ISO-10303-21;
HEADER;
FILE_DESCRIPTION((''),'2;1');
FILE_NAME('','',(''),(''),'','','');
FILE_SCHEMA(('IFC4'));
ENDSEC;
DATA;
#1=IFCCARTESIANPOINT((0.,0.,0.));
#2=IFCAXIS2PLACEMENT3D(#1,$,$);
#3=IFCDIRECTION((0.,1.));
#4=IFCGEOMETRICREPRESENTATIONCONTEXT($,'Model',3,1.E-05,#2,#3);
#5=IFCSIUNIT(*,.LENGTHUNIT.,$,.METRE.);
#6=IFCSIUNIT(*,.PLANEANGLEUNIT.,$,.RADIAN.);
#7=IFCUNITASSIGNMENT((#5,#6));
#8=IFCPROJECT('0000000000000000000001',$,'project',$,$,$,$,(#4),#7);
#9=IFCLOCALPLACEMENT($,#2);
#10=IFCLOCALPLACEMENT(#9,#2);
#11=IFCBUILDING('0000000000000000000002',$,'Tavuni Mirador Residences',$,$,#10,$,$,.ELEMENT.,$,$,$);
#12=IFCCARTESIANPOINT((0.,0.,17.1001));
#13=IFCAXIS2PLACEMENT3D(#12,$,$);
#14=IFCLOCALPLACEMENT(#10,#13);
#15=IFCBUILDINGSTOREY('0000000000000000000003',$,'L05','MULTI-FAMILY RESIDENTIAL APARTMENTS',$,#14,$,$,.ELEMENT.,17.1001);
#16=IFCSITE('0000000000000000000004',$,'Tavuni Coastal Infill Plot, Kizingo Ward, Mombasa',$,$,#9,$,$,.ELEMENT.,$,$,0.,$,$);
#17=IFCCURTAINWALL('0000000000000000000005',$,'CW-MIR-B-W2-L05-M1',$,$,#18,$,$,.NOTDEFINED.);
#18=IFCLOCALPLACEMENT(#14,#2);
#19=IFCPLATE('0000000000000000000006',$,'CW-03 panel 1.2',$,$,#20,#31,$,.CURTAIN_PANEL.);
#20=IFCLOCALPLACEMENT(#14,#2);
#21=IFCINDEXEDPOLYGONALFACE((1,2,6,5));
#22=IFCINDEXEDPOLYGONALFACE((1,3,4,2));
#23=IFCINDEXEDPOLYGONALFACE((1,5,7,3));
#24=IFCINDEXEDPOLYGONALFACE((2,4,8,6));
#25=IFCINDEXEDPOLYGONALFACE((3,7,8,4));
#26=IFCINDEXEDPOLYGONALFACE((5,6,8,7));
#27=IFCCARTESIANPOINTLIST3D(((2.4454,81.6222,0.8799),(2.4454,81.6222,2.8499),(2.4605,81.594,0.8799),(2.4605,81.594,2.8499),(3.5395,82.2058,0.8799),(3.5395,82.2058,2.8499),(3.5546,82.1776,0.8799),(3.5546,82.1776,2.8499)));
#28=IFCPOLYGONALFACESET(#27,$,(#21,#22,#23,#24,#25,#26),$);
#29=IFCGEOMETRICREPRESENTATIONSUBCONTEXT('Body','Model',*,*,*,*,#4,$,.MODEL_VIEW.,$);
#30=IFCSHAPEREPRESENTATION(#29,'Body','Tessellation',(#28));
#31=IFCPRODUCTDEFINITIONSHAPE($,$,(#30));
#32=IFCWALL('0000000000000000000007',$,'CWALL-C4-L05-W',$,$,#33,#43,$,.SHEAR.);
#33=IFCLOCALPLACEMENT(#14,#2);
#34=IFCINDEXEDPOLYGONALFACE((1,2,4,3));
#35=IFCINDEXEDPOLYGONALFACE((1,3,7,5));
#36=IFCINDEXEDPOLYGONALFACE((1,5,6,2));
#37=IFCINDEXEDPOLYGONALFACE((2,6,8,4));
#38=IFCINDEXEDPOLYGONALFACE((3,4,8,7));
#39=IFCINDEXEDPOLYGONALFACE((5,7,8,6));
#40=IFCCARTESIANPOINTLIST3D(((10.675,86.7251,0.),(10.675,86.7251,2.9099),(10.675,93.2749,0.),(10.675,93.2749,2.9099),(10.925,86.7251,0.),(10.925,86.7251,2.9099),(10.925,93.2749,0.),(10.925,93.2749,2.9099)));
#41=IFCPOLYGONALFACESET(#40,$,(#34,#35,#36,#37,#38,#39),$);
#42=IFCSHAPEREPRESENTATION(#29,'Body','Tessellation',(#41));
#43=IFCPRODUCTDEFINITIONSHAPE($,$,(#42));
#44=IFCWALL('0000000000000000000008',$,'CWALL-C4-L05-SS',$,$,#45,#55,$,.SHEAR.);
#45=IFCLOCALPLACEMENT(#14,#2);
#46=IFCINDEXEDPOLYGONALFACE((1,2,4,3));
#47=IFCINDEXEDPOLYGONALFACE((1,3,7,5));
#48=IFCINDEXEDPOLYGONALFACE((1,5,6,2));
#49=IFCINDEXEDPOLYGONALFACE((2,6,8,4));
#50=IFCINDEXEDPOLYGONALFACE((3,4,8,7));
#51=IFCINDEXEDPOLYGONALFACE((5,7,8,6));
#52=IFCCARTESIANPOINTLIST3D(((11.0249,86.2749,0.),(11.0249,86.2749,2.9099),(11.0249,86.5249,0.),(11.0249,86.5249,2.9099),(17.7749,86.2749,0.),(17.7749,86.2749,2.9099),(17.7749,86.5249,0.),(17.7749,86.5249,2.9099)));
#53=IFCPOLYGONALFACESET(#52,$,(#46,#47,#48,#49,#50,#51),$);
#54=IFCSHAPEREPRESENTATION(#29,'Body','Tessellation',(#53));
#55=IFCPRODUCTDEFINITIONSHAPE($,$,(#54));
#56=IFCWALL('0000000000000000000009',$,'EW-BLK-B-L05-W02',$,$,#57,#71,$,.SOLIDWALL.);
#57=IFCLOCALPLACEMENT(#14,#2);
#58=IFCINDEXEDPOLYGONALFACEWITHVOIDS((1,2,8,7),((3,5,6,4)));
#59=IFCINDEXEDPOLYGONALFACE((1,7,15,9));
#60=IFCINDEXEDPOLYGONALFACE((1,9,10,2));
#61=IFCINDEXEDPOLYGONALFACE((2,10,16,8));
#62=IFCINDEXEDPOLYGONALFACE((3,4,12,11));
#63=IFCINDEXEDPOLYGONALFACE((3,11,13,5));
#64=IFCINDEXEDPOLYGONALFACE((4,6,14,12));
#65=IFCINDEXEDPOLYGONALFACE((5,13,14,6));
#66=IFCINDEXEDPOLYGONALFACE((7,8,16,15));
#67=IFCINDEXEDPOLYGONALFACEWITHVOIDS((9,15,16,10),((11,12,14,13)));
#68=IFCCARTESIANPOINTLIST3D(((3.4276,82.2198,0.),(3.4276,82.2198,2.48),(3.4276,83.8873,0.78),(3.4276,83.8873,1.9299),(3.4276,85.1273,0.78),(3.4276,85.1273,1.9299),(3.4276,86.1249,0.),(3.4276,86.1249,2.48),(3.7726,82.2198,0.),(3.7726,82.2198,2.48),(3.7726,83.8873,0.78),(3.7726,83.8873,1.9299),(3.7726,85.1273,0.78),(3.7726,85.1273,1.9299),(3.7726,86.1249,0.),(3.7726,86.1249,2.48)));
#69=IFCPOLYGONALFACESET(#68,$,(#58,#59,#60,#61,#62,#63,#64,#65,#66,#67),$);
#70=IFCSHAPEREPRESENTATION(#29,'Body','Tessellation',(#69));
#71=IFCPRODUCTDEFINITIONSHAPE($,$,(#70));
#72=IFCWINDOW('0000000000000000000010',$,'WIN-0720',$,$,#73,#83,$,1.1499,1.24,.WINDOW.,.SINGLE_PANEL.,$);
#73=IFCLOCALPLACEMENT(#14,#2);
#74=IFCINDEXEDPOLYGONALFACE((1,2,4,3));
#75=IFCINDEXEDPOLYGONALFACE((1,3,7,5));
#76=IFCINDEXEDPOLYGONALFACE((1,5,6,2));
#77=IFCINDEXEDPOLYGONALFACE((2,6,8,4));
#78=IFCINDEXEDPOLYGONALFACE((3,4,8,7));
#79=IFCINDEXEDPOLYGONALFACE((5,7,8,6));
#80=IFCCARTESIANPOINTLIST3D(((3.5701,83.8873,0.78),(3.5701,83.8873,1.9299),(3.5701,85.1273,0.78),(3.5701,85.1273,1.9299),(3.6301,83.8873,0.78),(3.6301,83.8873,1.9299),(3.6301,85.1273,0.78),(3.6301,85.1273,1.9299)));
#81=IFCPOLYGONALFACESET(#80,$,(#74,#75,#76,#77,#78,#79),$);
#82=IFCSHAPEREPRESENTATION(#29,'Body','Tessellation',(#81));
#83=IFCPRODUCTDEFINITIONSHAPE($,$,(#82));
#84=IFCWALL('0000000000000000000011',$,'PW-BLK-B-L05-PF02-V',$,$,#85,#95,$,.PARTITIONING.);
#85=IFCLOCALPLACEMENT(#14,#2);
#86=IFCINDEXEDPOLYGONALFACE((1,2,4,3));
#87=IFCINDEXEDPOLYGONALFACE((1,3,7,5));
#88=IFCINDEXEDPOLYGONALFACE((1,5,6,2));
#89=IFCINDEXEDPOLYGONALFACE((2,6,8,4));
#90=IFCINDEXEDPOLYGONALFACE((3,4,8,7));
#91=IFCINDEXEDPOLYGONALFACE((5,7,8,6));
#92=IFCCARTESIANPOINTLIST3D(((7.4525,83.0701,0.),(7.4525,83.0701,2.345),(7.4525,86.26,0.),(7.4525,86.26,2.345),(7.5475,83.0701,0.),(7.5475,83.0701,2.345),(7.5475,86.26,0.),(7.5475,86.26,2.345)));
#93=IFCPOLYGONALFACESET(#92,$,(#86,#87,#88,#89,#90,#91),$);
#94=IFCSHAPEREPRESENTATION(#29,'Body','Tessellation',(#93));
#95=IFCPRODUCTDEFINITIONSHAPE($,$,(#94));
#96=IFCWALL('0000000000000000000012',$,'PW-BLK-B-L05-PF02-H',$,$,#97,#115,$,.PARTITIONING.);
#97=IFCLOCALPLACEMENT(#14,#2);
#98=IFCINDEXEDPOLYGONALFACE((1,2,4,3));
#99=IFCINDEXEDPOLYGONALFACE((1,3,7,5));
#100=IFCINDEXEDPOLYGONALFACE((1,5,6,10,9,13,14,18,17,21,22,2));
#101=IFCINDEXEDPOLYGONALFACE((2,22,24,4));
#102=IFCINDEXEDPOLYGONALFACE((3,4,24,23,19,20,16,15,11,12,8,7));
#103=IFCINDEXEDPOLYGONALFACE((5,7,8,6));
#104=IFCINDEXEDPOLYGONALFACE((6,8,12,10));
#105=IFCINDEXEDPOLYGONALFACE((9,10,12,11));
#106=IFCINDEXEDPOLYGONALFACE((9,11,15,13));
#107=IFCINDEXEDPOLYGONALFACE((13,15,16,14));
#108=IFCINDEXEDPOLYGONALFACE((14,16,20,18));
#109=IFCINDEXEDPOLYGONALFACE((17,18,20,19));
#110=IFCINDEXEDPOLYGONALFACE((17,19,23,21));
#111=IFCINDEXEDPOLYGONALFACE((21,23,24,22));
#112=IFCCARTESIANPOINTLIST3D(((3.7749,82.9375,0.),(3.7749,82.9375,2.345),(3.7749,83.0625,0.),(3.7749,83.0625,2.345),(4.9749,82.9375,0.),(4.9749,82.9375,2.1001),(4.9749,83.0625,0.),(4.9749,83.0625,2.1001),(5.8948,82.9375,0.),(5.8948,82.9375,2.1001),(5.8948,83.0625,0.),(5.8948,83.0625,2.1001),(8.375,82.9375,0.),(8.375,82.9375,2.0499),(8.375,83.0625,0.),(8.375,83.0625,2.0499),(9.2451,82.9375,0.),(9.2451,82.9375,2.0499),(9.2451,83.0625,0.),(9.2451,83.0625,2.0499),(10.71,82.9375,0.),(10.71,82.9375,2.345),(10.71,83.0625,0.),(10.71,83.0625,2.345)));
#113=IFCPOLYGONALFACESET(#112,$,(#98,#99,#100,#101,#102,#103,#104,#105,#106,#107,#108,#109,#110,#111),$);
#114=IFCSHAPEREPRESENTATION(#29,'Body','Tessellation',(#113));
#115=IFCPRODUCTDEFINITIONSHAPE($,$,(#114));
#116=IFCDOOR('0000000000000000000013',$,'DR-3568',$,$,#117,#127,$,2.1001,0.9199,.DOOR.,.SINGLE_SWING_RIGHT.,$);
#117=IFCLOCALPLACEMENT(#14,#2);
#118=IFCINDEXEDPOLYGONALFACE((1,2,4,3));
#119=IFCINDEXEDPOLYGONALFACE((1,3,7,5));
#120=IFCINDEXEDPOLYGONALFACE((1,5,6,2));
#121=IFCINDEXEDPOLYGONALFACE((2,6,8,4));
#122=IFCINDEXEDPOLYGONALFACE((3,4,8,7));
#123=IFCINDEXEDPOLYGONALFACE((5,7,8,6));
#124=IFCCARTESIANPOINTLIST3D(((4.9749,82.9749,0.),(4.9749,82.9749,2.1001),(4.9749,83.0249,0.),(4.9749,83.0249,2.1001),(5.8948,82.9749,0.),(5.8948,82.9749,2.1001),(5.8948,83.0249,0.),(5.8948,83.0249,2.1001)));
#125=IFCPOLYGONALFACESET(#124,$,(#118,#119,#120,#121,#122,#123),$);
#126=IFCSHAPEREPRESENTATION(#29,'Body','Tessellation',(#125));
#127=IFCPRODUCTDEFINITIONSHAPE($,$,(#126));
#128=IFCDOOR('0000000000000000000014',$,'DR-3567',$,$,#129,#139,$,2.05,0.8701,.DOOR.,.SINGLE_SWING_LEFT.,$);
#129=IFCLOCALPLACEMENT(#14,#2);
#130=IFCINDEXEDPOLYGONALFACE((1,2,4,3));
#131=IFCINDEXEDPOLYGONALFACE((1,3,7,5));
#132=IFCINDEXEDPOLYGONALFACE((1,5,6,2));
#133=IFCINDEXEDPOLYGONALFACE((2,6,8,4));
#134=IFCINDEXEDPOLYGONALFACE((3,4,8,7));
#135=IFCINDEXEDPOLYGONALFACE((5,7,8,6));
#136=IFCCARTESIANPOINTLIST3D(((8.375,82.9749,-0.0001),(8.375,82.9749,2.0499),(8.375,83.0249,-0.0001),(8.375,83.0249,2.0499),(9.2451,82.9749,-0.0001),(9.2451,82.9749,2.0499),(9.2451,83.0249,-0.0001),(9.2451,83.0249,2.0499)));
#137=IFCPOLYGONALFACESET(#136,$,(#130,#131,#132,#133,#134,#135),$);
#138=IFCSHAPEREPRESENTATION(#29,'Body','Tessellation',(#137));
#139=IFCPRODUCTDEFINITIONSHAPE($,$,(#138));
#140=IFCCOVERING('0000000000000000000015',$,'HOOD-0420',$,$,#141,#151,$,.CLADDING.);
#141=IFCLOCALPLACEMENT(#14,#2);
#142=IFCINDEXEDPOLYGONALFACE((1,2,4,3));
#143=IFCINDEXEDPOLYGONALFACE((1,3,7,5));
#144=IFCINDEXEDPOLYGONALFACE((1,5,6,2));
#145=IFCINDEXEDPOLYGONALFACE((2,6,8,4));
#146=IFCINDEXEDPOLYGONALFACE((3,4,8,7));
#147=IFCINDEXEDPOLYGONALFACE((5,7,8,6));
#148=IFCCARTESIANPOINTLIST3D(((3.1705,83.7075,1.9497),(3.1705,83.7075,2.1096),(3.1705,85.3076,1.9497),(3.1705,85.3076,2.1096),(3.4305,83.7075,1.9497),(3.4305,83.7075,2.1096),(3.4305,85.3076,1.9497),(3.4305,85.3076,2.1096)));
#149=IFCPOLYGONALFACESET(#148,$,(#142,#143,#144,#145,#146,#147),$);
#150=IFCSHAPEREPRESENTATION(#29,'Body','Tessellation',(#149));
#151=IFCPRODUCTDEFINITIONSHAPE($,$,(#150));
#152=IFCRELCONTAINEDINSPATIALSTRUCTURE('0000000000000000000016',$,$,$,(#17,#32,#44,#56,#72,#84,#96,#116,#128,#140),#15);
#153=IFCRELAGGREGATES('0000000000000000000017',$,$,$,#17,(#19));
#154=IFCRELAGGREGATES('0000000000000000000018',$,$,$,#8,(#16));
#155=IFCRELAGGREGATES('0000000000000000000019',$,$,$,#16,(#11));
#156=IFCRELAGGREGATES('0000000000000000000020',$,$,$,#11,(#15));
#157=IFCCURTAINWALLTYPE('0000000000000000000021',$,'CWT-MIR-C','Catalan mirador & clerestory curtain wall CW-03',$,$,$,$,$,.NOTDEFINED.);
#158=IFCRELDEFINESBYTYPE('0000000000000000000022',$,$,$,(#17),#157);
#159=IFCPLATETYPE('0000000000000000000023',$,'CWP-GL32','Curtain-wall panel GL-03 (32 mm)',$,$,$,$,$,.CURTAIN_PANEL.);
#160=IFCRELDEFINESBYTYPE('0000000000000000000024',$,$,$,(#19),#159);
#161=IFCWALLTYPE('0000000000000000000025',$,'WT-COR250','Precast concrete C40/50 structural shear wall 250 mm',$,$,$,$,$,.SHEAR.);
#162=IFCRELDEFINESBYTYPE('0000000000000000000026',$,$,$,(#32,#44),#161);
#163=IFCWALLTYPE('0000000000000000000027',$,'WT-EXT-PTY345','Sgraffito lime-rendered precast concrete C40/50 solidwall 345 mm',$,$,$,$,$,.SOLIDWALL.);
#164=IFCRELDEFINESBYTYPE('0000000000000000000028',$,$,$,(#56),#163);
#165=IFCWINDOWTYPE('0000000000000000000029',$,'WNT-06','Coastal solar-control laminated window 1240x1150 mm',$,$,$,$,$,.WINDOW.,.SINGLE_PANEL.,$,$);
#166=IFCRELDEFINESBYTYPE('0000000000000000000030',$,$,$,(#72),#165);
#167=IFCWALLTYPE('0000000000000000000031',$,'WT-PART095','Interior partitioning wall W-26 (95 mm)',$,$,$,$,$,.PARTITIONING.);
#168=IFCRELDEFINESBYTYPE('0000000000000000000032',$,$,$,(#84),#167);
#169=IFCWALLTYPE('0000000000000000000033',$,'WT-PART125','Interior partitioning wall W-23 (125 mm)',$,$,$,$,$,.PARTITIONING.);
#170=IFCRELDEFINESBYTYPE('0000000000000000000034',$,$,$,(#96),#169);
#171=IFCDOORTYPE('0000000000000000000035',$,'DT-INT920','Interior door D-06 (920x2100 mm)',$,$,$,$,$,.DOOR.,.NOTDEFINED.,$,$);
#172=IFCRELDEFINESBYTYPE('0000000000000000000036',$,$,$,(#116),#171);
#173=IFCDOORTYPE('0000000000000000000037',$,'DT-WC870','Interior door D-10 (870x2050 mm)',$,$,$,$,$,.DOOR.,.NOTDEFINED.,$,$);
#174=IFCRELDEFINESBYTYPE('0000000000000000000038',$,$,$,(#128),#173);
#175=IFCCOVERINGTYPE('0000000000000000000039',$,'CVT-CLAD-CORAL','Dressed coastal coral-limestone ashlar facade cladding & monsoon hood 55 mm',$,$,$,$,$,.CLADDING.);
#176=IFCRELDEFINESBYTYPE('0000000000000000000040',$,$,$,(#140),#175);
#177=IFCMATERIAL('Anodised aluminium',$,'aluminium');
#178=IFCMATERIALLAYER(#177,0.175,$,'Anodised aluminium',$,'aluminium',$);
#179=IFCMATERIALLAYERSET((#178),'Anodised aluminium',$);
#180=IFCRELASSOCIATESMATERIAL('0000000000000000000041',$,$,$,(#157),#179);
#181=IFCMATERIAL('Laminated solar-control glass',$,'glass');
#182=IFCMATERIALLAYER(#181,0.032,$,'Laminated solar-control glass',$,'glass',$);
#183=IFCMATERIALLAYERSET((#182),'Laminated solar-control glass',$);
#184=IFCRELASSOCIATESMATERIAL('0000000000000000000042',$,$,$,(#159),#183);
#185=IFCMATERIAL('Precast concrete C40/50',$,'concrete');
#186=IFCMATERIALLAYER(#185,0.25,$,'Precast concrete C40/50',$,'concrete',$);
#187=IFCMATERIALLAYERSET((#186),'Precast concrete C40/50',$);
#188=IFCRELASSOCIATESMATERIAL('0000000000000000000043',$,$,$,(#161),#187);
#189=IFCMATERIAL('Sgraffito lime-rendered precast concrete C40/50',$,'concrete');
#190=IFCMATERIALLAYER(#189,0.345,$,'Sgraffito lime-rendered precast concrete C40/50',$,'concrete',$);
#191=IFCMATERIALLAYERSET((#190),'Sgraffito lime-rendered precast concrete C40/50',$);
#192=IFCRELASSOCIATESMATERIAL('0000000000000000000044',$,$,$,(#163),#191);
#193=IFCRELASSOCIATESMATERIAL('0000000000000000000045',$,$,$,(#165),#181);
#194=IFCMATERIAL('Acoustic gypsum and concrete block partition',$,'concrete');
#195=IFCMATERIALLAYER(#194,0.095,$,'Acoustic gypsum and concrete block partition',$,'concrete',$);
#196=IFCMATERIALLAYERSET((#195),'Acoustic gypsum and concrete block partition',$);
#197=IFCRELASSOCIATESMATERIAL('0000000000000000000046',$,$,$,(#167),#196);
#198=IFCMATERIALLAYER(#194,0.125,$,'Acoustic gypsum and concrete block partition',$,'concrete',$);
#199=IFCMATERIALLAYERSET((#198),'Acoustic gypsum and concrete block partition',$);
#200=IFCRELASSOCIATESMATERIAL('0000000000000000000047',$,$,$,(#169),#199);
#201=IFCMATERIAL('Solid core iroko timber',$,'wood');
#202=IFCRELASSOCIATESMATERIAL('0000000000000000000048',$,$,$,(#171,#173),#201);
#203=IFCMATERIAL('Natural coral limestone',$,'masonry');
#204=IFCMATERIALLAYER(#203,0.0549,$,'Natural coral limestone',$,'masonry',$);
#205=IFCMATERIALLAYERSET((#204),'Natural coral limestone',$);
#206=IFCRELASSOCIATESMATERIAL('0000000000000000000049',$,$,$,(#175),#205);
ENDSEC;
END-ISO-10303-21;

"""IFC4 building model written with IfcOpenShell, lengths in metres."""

from ifc_helpers import new_model, si_unit, direction, frame, frame_2d, origin, origin_2d, place, context, subcontext, project, spatial, rectangle, extrude, material, layer, layer_set, type_object, element, fill, aggregate, save


model = new_model("IFC4")

# Units and contexts
model_context = context("Model", 3, precision=1e-05, world=origin(), true_north=direction((0.0, 1.0)))
body_context = subcontext(model_context, "Body", "Model", "MODEL_VIEW")
ifc_project = project(units=[si_unit("LENGTHUNIT", "METRE"), si_unit("PLANEANGLEUNIT", "RADIAN")], contexts=[model_context])

# Site, building, storey
site_placement = place(None, origin())
site = spatial("IfcSite", under=ifc_project, at=site_placement, Name="Tavuni Coastal Infill Plot, Kizingo Ward, Mombasa", CompositionType="ELEMENT", RefElevation=0.0)
building_placement = place(site_placement, origin())
building = spatial("IfcBuilding", under=site, at=building_placement, Name="Tavuni Mirador Residences", CompositionType="ELEMENT")
storey_placement = place(building_placement, frame((0.0, 0.0, 17.1001)))
storey = spatial("IfcBuildingStorey", under=building, at=storey_placement, Name="L05", Description="MULTI-FAMILY RESIDENTIAL APARTMENTS", CompositionType="ELEMENT", Elevation=17.1001)

# Shared definitions
ifc_material_1 = material(Name="Precast concrete C40/50", Category="concrete")

# Curtain wall
ifc_material_2 = material(Name="Anodised aluminium", Category="aluminium")
ifc_layer_1 = layer(ifc_material_2, 0.175, Name="Anodised aluminium", Category="aluminium")
ifc_layer_set_1 = layer_set([ifc_layer_1], Name="Anodised aluminium")
curtain_wall_type = type_object("IfcCurtainWallType", Name="CWT-MIR-C", Description="Catalan mirador & clerestory curtain wall CW-03", PredefinedType="NOTDEFINED", material=ifc_layer_set_1)
curtain_wall_placement = place(storey_placement, origin())
curtain_wall = element("IfcCurtainWall", 1, at=curtain_wall_placement, inside=storey, type_object=curtain_wall_type, Name="CW-MIR-B-W2-L05-M1", PredefinedType="NOTDEFINED")

# Plate
ifc_material_3 = material(Name="Laminated solar-control glass", Category="glass")
ifc_layer_2 = layer(ifc_material_3, 0.032, Name="Laminated solar-control glass", Category="glass")
ifc_layer_set_2 = layer_set([ifc_layer_2], Name="Laminated solar-control glass")
plate_type = type_object("IfcPlateType", Name="CWP-GL32", Description="Curtain-wall panel GL-03 (32 mm)", PredefinedType="CURTAIN_PANEL", material=ifc_layer_set_2)
plate_placement = place(storey_placement, frame((3.0, 81.8999, 0.8799), z_axis=(0.0, 0.0, 1.0), x_axis=(-0.882353, -0.470588, 0.0)))
plate = element("IfcPlate", 2, at=plate_placement, type_object=plate_type, Name="CW-03 panel 1.2", PredefinedType="CURTAIN_PANEL", context=body_context, shape_type="SweptSolid", body=[
    extrude(rectangle(XDim=1.24, YDim=0.032, at=origin_2d()), origin(), (0.0, 0.0, 1.0), 1.97),
])
aggregate(curtain_wall, [plate])

# Walls
ifc_layer_3 = layer(ifc_material_1, 0.25, Name="Precast concrete C40/50", Category="concrete")
ifc_layer_set_3 = layer_set([ifc_layer_3], Name="Precast concrete C40/50")
wall_type_1 = type_object("IfcWallType", Name="WT-COR250", Description="Precast concrete C40/50 structural shear wall 250 mm", PredefinedType="SHEAR", material=ifc_layer_set_3)
wall_1_placement = place(storey_placement, frame((10.8, 86.7251, 0.0), z_axis=(0.0, 0.0, 1.0), x_axis=(0.0, 1.0, 0.0)))
element("IfcWall", 3, at=wall_1_placement, inside=storey, type_object=wall_type_1, Name="CWALL-C4-L05-W", PredefinedType="SHEAR", context=body_context, shape_type="SweptSolid", body=[
    extrude(rectangle(XDim=6.5498, YDim=0.25, at=frame_2d((3.2749, 0.0))), origin(), (0.0, 0.0, 1.0), 2.9099),
])
wall_2_placement = place(storey_placement, frame((11.0249, 86.3999, 0.0), z_axis=(0.0, 0.0, 1.0), x_axis=(1.0, 0.0, 0.0)))
element("IfcWall", 4, at=wall_2_placement, inside=storey, type_object=wall_type_1, Name="CWALL-C4-L05-SS", PredefinedType="SHEAR", context=body_context, shape_type="SweptSolid", body=[
    extrude(rectangle(XDim=6.75, YDim=0.25, at=frame_2d((3.375, 0.0))), origin(), (0.0, 0.0, 1.0), 2.9099),
])

# Shared definitions
ifc_material_4 = material(Name="Solid core iroko timber", Category="wood")

# Wall, opening, window
ifc_material_5 = material(Name="Sgraffito lime-rendered precast concrete C40/50", Category="concrete")
ifc_layer_4 = layer(ifc_material_5, 0.345, Name="Sgraffito lime-rendered precast concrete C40/50", Category="concrete")
ifc_layer_set_4 = layer_set([ifc_layer_4], Name="Sgraffito lime-rendered precast concrete C40/50")
wall_type_2 = type_object("IfcWallType", Name="WT-EXT-PTY345", Description="Sgraffito lime-rendered precast concrete C40/50 solidwall 345 mm", PredefinedType="SOLIDWALL", material=ifc_layer_set_4)
wall_3_placement = place(storey_placement, frame((3.6001, 86.125, 0.0), z_axis=(0.0, 0.0, 1.0), x_axis=(0.0, -1.0, 0.0)))
wall_3 = element("IfcWall", 5, at=wall_3_placement, inside=storey, type_object=wall_type_2, Name="EW-BLK-B-L05-W02", PredefinedType="SOLIDWALL", context=body_context, shape_type="SweptSolid", body=[
    extrude(rectangle(XDim=3.905, YDim=0.345, at=frame_2d((1.9526, 0.0))), origin(), (0.0, 0.0, 1.0), 2.48),
])
opening_1_placement = place(wall_3_placement, frame((0.9976, 0.0, 0.78)))
opening_1 = element("IfcOpeningElement", 6, at=opening_1_placement, cuts=wall_3, PredefinedType="OPENING", context=body_context, shape_type="SweptSolid", body=[
    extrude(rectangle(XDim=1.24, YDim=1.1499, at=frame_2d((0.6201, 0.575))), frame((0.0, 0.1826, 0.0), z_axis=(0.0, -1.0, 0.0), x_axis=(1.0, 0.0, 0.0)), (0.0, 0.0, 1.0), 0.365),
])
window_type = type_object("IfcWindowType", Name="WNT-06", Description="Coastal solar-control laminated window 1240x1150 mm", PartitioningType="SINGLE_PANEL", PredefinedType="WINDOW", material=ifc_material_3)
window_placement = place(opening_1_placement, origin())
window = element("IfcWindow", 7, at=window_placement, inside=storey, type_object=window_type, Name="WIN-0720", OverallHeight=1.1499, OverallWidth=1.24, PartitioningType="SINGLE_PANEL", PredefinedType="WINDOW", context=body_context, shape_type="SweptSolid", body=[
    extrude(rectangle(XDim=1.24, YDim=1.1499, at=frame_2d((0.6201, 0.575))), frame((0.0, 0.03, 0.0), z_axis=(0.0, -1.0, 0.0), x_axis=(1.0, 0.0, 0.0)), (0.0, 0.0, 1.0), 0.0601),
])
fill(opening_1, window)

# Wall
ifc_material_6 = material(Name="Acoustic gypsum and concrete block partition", Category="concrete")
ifc_layer_5 = layer(ifc_material_6, 0.095, Name="Acoustic gypsum and concrete block partition", Category="concrete")
ifc_layer_set_5 = layer_set([ifc_layer_5], Name="Acoustic gypsum and concrete block partition")
wall_type_3 = type_object("IfcWallType", Name="WT-PART095", Description="Interior partitioning wall W-26 (95 mm)", PredefinedType="PARTITIONING", material=ifc_layer_set_5)
wall_4_placement = place(storey_placement, frame((7.5, 83.0701, 0.0), z_axis=(0.0, 0.0, 1.0), x_axis=(0.0, 1.0, 0.0)))
element("IfcWall", 8, at=wall_4_placement, inside=storey, type_object=wall_type_3, Name="PW-BLK-B-L05-PF02-V", PredefinedType="PARTITIONING", context=body_context, shape_type="SweptSolid", body=[
    extrude(rectangle(XDim=3.1899, YDim=0.095, at=frame_2d((1.595, 0.0))), origin(), (0.0, 0.0, 1.0), 2.345),
])

# Wall, openings, doors
ifc_layer_6 = layer(ifc_material_6, 0.125, Name="Acoustic gypsum and concrete block partition", Category="concrete")
ifc_layer_set_6 = layer_set([ifc_layer_6], Name="Acoustic gypsum and concrete block partition")
wall_type_4 = type_object("IfcWallType", Name="WT-PART125", Description="Interior partitioning wall W-23 (125 mm)", PredefinedType="PARTITIONING", material=ifc_layer_set_6)
wall_5_placement = place(storey_placement, frame((3.7749, 83.0, 0.0), z_axis=(0.0, 0.0, 1.0), x_axis=(1.0, 0.0, 0.0)))
wall_5 = element("IfcWall", 9, at=wall_5_placement, inside=storey, type_object=wall_type_4, Name="PW-BLK-B-L05-PF02-H", PredefinedType="PARTITIONING", context=body_context, shape_type="SweptSolid", body=[
    extrude(rectangle(XDim=6.9351, YDim=0.125, at=frame_2d((3.4675, 0.0))), origin(), (0.0, 0.0, 1.0), 2.345),
])
opening_2_placement = place(wall_5_placement, frame((4.6001, 0.0, 0.0)))
opening_2 = element("IfcOpeningElement", 10, at=opening_2_placement, cuts=wall_5, PredefinedType="OPENING", context=body_context, shape_type="SweptSolid", body=[
    extrude(rectangle(XDim=0.8701, YDim=2.05, at=frame_2d((0.4351, 1.0249))), frame((0.0, 0.0725, 0.0), z_axis=(0.0, -1.0, 0.0), x_axis=(1.0, 0.0, 0.0)), (0.0, 0.0, 1.0), 0.145),
])
opening_3_placement = place(wall_5_placement, frame((1.2, 0.0, 0.0)))
opening_3 = element("IfcOpeningElement", 11, at=opening_3_placement, cuts=wall_5, PredefinedType="OPENING", context=body_context, shape_type="SweptSolid", body=[
    extrude(rectangle(XDim=0.9199, YDim=2.1001, at=frame_2d((0.46, 1.05))), frame((0.0, 0.0725, 0.0), z_axis=(0.0, -1.0, 0.0), x_axis=(1.0, 0.0, 0.0)), (0.0, 0.0, 1.0), 0.145),
])
door_type_1 = type_object("IfcDoorType", Name="DT-INT920", Description="Interior door D-06 (920x2100 mm)", OperationType="NOTDEFINED", PredefinedType="DOOR", material=ifc_material_4)
door_1_placement = place(opening_3_placement, origin())
door_1 = element("IfcDoor", 12, at=door_1_placement, inside=storey, type_object=door_type_1, Name="DR-3568", OperationType="SINGLE_SWING_RIGHT", OverallHeight=2.1001, OverallWidth=0.9199, PredefinedType="DOOR", context=body_context, shape_type="SweptSolid", body=[
    extrude(rectangle(XDim=0.9199, YDim=2.1001, at=frame_2d((0.46, 1.05))), frame((0.0, 0.0249, 0.0), z_axis=(0.0, -1.0, 0.0), x_axis=(1.0, 0.0, 0.0)), (0.0, 0.0, 1.0), 0.05),
])
fill(opening_3, door_1)
door_type_2 = type_object("IfcDoorType", Name="DT-WC870", Description="Interior door D-10 (870x2050 mm)", OperationType="NOTDEFINED", PredefinedType="DOOR", material=ifc_material_4)
door_2_placement = place(opening_2_placement, origin())
door_2 = element("IfcDoor", 13, at=door_2_placement, inside=storey, type_object=door_type_2, Name="DR-3567", OperationType="SINGLE_SWING_LEFT", OverallHeight=2.05, OverallWidth=0.8701, PredefinedType="DOOR", context=body_context, shape_type="SweptSolid", body=[
    extrude(rectangle(XDim=0.8701, YDim=2.05, at=frame_2d((0.4351, 1.0249))), frame((0.0, 0.0249, 0.0), z_axis=(0.0, -1.0, 0.0), x_axis=(1.0, 0.0, 0.0)), (0.0, 0.0, 1.0), 0.05),
])
fill(opening_2, door_2)

# Covering
ifc_material_7 = material(Name="Natural coral limestone", Category="masonry")
ifc_layer_7 = layer(ifc_material_7, 0.0549, Name="Natural coral limestone", Category="masonry")
ifc_layer_set_7 = layer_set([ifc_layer_7], Name="Natural coral limestone")
covering_type = type_object("IfcCoveringType", Name="CVT-CLAD-CORAL", Description="Dressed coastal coral-limestone ashlar facade cladding & monsoon hood 55 mm", PredefinedType="CLADDING", material=ifc_layer_set_7)
covering_placement = place(storey_placement, frame((3.3005, 84.5076, 1.9497), z_axis=(0.0, 0.0, 1.0), x_axis=(0.0, -1.0, 0.0)))
element("IfcCovering", 14, at=covering_placement, inside=storey, type_object=covering_type, Name="HOOD-0420", PredefinedType="CLADDING", context=body_context, shape_type="SweptSolid", body=[
    extrude(rectangle(XDim=1.6001, YDim=0.26, at=origin_2d()), origin(), (0.0, 0.0, 1.0), 0.1599),
])

save(model, "model.ifc")
